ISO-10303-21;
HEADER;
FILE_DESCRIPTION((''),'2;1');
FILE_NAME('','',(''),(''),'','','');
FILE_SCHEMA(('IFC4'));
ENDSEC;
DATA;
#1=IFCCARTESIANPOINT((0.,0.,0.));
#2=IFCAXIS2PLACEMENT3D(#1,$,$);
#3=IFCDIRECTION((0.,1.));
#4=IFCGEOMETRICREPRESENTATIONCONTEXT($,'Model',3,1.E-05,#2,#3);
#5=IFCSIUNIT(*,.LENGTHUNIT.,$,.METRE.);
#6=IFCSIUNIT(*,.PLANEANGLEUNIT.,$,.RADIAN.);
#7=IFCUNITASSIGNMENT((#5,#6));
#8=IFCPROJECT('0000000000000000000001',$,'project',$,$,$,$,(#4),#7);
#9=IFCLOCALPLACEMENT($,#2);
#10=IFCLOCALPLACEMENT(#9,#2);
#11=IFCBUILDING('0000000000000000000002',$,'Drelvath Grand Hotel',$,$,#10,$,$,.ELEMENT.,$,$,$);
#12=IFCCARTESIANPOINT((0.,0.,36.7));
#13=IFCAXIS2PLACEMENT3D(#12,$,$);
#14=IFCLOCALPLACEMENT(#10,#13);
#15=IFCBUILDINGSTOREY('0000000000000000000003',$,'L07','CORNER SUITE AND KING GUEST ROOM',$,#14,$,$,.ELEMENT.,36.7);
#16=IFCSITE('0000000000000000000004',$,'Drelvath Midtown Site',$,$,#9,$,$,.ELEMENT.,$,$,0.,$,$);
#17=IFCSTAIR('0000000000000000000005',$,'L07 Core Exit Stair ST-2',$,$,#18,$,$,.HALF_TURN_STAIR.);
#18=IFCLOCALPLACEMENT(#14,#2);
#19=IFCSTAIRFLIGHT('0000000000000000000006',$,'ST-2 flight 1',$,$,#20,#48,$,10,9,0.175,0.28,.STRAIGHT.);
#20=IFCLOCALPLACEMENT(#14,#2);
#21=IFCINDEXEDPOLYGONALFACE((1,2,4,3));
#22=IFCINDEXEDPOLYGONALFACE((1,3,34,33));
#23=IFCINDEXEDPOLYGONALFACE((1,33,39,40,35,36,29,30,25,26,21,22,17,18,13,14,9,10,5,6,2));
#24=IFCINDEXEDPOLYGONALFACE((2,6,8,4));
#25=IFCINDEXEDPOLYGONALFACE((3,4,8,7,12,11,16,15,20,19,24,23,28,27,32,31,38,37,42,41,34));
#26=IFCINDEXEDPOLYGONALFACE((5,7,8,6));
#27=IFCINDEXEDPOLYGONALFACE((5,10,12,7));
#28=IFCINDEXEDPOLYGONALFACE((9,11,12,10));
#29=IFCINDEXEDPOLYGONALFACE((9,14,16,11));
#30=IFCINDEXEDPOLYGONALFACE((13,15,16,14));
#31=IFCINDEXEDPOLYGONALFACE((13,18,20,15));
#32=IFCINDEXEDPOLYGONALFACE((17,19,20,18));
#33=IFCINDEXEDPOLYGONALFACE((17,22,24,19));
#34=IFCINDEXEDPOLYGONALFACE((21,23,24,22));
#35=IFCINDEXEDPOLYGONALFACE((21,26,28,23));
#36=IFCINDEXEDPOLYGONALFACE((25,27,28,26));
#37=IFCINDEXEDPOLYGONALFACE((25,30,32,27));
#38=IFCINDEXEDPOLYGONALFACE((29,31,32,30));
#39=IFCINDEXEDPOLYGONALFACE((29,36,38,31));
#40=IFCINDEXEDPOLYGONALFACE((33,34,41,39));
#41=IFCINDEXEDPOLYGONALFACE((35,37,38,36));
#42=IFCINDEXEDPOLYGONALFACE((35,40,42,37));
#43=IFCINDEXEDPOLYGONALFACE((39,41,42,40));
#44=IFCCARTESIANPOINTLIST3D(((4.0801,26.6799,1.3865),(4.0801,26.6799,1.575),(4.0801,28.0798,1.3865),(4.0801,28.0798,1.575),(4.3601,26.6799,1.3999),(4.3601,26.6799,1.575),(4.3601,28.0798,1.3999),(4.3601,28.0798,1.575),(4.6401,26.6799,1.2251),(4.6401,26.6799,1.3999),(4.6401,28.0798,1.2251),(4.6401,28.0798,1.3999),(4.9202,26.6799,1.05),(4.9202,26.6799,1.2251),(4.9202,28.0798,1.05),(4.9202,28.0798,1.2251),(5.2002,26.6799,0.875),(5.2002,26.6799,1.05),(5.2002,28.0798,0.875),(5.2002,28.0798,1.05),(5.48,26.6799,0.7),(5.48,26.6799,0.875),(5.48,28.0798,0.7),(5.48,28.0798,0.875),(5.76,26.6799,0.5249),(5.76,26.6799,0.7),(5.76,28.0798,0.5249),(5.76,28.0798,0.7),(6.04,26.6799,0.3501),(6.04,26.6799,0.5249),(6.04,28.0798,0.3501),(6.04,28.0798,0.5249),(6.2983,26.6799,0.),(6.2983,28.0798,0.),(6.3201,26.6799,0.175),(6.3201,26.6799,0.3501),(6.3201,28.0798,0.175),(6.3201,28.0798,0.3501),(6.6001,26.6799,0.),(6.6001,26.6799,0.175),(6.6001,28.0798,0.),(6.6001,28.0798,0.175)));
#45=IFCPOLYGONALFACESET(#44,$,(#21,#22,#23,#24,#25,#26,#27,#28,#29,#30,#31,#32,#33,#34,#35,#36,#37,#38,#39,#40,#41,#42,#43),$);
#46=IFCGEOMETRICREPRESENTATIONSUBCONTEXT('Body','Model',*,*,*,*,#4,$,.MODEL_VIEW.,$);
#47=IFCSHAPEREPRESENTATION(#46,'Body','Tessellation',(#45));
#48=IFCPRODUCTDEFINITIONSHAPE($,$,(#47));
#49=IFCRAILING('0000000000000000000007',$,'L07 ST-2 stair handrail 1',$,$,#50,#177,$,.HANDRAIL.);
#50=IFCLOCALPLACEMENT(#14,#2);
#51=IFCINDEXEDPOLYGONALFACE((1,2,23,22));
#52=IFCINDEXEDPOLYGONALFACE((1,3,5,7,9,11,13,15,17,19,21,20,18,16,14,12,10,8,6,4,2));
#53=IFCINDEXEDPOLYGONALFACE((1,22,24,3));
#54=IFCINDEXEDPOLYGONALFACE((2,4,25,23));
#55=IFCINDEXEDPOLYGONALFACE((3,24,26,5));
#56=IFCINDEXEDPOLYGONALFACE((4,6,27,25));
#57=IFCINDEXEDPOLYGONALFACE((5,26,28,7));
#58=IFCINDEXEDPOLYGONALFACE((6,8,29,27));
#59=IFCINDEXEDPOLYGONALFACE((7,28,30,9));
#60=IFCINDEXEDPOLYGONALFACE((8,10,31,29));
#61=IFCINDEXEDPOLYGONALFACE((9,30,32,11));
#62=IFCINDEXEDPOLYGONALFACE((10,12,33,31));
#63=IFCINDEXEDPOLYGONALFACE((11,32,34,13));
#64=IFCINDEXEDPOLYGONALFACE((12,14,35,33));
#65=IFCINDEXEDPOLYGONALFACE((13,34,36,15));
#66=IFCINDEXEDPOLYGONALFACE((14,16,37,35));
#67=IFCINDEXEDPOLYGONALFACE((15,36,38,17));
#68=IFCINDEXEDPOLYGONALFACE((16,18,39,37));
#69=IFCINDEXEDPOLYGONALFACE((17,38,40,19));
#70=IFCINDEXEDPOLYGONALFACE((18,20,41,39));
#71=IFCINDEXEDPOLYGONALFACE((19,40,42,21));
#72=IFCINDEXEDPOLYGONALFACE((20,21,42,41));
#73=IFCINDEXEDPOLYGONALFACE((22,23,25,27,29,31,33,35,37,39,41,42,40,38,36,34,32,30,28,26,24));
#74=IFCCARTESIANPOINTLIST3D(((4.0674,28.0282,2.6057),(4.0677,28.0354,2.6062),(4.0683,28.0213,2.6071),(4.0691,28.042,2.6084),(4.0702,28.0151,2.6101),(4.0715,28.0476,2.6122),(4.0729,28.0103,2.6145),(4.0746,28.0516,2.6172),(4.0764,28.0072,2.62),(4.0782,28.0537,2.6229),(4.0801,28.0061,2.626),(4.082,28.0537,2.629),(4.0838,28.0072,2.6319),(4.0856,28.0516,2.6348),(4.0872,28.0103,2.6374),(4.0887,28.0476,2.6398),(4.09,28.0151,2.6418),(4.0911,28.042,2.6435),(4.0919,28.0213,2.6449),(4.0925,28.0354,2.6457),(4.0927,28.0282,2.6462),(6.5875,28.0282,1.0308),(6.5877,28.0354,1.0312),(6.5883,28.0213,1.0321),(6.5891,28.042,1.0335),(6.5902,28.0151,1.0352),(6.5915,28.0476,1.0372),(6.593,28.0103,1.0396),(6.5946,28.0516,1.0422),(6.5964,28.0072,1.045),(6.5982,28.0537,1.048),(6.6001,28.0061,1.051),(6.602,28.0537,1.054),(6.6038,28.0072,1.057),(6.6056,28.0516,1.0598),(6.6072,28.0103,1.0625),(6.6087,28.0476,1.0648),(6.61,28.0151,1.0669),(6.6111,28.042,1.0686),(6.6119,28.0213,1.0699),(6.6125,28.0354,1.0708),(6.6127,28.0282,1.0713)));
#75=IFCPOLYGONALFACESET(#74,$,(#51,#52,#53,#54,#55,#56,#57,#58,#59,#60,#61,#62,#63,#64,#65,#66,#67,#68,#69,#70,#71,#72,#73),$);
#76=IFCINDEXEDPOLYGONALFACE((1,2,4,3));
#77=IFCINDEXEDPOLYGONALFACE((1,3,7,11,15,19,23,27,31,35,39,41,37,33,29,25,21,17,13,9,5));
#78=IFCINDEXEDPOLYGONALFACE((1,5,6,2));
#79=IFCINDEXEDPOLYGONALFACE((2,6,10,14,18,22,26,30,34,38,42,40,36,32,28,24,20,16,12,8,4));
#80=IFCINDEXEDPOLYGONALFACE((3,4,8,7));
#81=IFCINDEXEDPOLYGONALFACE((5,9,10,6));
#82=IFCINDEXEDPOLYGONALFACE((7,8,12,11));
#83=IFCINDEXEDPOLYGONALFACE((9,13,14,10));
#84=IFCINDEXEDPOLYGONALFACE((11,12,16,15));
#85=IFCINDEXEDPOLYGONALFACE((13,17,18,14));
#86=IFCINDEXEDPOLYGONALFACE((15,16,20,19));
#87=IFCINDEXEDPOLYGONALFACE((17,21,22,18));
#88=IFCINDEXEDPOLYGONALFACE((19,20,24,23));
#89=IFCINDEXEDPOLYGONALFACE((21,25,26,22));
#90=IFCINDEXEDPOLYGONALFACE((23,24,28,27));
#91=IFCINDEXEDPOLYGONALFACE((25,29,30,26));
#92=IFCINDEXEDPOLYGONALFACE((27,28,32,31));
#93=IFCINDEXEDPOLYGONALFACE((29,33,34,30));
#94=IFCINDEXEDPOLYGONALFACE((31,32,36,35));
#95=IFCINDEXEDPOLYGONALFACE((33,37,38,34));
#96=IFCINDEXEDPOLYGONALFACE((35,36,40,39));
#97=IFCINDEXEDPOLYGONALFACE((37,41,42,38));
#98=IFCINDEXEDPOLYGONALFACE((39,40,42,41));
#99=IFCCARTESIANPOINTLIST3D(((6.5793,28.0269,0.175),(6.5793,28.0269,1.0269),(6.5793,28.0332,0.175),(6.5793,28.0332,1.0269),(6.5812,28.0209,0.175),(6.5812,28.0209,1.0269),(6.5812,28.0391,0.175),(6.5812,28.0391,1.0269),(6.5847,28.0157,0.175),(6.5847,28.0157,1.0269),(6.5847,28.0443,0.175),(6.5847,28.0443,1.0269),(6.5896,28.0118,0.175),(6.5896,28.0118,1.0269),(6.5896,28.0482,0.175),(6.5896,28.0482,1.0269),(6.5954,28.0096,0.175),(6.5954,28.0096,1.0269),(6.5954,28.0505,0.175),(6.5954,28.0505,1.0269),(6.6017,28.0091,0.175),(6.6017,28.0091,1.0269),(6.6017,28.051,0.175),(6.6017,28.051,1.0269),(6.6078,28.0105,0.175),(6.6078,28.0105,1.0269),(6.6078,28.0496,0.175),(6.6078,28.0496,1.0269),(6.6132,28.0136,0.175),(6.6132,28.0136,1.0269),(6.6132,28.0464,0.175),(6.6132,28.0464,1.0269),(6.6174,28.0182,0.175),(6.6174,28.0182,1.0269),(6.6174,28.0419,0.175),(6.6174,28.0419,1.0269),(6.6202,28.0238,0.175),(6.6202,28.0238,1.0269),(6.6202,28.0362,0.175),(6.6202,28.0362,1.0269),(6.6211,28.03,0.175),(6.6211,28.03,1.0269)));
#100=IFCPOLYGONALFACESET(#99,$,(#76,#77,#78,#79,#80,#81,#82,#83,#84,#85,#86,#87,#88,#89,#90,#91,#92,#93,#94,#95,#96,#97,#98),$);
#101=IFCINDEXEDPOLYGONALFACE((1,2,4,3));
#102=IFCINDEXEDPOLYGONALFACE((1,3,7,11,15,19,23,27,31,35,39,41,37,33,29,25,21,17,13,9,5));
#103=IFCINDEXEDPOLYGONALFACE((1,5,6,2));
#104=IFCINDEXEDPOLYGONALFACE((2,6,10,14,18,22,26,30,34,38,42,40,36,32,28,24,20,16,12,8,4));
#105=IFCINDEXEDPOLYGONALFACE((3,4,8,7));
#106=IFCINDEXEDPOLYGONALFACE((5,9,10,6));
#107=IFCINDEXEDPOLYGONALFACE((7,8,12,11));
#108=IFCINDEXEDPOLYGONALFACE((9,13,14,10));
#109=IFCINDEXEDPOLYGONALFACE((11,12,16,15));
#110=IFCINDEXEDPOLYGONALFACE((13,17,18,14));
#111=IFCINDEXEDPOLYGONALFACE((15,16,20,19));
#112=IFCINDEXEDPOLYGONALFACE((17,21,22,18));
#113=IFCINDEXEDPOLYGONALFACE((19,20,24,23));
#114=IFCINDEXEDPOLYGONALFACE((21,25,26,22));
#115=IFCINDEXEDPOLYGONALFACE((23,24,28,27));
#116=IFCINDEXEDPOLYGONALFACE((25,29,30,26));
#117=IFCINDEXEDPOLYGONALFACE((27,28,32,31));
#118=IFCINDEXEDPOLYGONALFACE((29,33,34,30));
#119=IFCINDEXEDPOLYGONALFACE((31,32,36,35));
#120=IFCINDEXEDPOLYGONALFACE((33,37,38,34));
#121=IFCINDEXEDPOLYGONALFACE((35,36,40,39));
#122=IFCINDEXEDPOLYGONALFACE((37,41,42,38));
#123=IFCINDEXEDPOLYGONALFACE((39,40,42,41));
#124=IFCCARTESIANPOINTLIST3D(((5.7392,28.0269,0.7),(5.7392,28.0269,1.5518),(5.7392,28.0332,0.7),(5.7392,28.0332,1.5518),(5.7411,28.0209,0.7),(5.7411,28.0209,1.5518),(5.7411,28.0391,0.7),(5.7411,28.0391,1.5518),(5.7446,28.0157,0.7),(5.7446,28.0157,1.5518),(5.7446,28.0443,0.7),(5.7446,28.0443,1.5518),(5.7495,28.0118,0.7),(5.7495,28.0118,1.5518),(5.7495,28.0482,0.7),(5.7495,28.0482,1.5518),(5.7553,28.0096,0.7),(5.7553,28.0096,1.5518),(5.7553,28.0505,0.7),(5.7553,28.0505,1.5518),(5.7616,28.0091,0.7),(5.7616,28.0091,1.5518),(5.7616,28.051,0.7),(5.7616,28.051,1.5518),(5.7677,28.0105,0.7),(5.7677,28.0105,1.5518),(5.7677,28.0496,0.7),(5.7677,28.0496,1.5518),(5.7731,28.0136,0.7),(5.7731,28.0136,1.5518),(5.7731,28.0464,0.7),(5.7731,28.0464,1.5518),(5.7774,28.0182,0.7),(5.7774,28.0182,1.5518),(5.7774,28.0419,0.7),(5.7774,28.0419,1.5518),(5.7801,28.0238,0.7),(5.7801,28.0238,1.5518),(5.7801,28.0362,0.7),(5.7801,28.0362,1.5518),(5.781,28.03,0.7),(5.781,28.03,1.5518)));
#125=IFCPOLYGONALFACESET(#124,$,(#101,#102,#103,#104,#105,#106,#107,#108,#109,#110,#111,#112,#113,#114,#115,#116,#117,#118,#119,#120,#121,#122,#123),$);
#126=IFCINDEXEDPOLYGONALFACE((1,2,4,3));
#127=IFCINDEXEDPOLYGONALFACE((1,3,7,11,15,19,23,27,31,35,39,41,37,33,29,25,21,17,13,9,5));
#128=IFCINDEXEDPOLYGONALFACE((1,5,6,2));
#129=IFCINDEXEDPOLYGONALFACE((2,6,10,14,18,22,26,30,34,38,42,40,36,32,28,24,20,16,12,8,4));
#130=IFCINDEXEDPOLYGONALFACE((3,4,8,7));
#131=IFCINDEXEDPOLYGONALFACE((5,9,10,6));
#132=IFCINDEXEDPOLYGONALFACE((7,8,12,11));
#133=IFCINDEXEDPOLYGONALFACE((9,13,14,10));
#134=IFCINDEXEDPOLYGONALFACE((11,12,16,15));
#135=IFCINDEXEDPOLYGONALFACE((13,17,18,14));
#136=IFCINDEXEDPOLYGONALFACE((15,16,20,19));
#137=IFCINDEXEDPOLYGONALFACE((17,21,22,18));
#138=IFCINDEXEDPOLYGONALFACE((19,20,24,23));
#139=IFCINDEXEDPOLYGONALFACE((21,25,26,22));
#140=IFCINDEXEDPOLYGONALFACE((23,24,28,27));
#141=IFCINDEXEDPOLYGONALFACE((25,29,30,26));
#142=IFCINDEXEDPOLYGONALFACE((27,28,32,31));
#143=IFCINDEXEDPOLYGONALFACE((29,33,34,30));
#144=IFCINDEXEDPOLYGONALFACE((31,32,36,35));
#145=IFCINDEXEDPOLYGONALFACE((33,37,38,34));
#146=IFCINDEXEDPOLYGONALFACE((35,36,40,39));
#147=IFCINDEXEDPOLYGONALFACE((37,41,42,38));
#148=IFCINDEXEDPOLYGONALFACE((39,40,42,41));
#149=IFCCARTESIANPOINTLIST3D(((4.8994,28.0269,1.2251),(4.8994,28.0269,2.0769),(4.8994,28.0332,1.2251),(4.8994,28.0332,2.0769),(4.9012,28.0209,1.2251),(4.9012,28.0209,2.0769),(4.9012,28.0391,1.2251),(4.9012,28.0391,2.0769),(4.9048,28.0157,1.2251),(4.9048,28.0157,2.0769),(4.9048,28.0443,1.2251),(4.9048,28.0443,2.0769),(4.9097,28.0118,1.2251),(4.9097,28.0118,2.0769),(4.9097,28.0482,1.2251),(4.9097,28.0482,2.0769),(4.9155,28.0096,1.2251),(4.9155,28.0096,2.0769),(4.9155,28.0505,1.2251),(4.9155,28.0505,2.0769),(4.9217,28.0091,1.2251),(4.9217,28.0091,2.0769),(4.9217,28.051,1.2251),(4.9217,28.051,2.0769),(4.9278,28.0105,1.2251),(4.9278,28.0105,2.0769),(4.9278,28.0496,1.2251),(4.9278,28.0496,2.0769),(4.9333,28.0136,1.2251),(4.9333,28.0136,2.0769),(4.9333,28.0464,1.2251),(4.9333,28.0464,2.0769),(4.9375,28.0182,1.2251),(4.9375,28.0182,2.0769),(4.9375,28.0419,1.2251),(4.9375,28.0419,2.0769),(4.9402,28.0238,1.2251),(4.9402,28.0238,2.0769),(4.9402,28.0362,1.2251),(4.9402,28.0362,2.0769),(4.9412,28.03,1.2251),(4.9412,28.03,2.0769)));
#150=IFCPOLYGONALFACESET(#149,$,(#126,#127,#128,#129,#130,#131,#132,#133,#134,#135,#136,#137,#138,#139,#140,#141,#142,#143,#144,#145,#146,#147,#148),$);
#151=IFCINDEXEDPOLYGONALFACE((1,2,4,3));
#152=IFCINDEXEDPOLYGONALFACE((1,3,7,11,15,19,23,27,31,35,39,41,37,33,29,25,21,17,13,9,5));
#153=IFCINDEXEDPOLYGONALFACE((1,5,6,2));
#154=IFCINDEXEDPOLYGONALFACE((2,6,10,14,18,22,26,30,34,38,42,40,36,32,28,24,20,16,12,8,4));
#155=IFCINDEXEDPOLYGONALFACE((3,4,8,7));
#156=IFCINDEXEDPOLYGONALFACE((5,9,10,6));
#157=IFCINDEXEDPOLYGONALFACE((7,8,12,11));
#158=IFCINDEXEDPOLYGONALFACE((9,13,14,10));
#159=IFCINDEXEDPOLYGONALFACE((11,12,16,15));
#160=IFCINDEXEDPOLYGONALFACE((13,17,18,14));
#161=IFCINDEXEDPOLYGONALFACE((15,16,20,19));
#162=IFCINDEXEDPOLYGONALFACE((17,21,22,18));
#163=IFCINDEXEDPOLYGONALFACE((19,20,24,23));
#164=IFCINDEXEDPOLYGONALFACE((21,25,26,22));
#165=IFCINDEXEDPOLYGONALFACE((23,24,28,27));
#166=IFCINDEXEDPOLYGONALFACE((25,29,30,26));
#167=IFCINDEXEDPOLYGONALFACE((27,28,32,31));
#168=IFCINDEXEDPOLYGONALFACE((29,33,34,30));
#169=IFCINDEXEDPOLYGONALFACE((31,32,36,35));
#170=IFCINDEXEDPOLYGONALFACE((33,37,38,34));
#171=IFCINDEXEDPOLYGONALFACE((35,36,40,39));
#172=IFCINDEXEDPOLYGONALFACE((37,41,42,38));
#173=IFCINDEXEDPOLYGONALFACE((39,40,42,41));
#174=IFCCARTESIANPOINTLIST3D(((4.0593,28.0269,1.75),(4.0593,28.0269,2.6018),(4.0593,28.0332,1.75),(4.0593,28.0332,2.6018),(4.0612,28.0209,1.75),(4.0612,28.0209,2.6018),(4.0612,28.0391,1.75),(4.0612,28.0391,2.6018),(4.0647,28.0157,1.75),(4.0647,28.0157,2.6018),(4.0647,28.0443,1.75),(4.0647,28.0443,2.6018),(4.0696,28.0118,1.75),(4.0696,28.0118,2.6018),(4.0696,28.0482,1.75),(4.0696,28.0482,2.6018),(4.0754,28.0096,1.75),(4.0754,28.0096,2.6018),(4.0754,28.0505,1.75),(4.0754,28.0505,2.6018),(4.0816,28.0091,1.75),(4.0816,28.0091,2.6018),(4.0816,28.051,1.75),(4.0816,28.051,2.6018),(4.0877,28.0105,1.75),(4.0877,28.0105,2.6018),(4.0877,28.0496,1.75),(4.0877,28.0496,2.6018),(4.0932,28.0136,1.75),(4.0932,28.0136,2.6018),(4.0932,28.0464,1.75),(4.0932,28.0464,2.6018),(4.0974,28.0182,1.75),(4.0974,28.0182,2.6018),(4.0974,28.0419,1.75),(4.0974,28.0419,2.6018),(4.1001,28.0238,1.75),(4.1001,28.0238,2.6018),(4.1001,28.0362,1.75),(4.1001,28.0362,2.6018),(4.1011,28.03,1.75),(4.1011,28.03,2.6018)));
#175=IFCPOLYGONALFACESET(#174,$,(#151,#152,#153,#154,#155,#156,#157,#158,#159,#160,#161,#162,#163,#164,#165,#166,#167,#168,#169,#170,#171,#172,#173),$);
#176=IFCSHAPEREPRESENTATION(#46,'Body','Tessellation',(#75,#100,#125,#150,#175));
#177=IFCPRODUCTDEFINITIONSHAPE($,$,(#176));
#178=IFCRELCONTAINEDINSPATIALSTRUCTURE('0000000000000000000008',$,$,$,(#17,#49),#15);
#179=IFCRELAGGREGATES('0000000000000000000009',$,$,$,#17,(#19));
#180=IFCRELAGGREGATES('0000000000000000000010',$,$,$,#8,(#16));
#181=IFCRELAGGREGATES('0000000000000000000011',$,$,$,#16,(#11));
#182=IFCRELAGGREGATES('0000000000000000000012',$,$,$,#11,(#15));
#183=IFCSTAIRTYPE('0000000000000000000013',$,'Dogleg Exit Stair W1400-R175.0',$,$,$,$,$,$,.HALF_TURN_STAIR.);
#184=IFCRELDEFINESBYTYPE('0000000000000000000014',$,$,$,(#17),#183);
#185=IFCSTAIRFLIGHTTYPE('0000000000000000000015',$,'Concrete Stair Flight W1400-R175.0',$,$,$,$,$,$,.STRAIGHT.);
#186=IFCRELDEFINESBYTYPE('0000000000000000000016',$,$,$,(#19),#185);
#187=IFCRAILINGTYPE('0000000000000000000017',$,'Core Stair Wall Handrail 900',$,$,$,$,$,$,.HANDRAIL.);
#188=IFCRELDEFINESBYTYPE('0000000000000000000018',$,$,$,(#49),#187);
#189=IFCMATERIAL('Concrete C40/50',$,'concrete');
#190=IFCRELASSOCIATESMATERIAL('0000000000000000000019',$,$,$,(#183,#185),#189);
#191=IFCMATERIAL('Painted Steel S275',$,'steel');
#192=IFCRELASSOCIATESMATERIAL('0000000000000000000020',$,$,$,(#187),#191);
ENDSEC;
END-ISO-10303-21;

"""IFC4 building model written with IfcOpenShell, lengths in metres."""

from ifc_helpers import new_model, si_unit, direction, frame, origin, origin_2d, place, context, subcontext, project, spatial, polyline, circle, outline, extrude, material, type_object, element, aggregate, save


model = new_model("IFC4")

# Units and contexts
model_context = context("Model", 3, precision=1e-05, world=origin(), true_north=direction((0.0, 1.0)))
body_context = subcontext(model_context, "Body", "Model", "MODEL_VIEW")
ifc_project = project(units=[si_unit("LENGTHUNIT", "METRE"), si_unit("PLANEANGLEUNIT", "RADIAN")], contexts=[model_context])

# Site, building, storey
site_placement = place(None, origin())
site = spatial("IfcSite", under=ifc_project, at=site_placement, Name="Drelvath Midtown Site", CompositionType="ELEMENT", RefElevation=0.0)
building_placement = place(site_placement, origin())
building = spatial("IfcBuilding", under=site, at=building_placement, Name="Drelvath Grand Hotel", CompositionType="ELEMENT")
storey_placement = place(building_placement, frame((0.0, 0.0, 36.7)))
storey = spatial("IfcBuildingStorey", under=building, at=storey_placement, Name="L07", Description="CORNER SUITE AND KING GUEST ROOM", CompositionType="ELEMENT", Elevation=36.7)

# Shared definitions
ifc_material_1 = material(Name="Concrete C40/50", Category="concrete")

# Shared definitions
ifc_material_2 = material(Name="Painted Steel S275", Category="steel")

# Stair, stair flight
stair_type = type_object("IfcStairType", Name="Dogleg Exit Stair W1400-R175.0", PredefinedType="HALF_TURN_STAIR", material=ifc_material_1)
stair_placement = place(storey_placement, origin())
stair = element("IfcStair", 1, at=stair_placement, inside=storey, type_object=stair_type, Name="L07 Core Exit Stair ST-2", PredefinedType="HALF_TURN_STAIR")
stair_flight_type = type_object("IfcStairFlightType", Name="Concrete Stair Flight W1400-R175.0", PredefinedType="STRAIGHT", material=ifc_material_1)
stair_flight_placement = place(storey_placement, frame((6.6001, 27.3799, 0.0), z_axis=(0.0, 0.0, 1.0), x_axis=(-1.0, 0.0, 0.0)))
stair_flight = element("IfcStairFlight", 2, at=stair_flight_placement, type_object=stair_flight_type, Name="ST-2 flight 1", NumberOfRisers=10, NumberOfTreads=9, PredefinedType="STRAIGHT", RiserHeight=0.175, TreadLength=0.28, context=body_context, shape_type="SweptSolid", body=[
    extrude(outline(polyline([(0.0, 0.0), (0.0, 0.175), (0.28, 0.175), (0.28, 0.3501), (0.5601, 0.3501), (0.5601, 0.5249), (0.8401, 0.5249), (0.8401, 0.7), (1.1201, 0.7), (1.1201, 0.875), (1.3999, 0.875), (1.3999, 1.05), (1.6799, 1.05), (1.6799, 1.2251), (1.96, 1.2251), (1.96, 1.3999), (2.24, 1.3999), (2.24, 1.575), (2.52, 1.575), (2.52, 1.75), (2.52, 1.3865), (0.3018, 0.0), (0.0, 0.0)])), frame((0.0, 0.7, 0.0), z_axis=(0.0, -1.0, 0.0), x_axis=(1.0, 0.0, 0.0)), (0.0, 0.0, 1.0), 1.3999),
])
aggregate(stair, [stair_flight])

# Railing
railing_type_1 = type_object("IfcRailingType", Name="Core Stair Wall Handrail 900", PredefinedType="HANDRAIL", material=ifc_material_2)
railing_1_placement = place(storey_placement, frame((6.6001, 28.03, 0.175)))
element("IfcRailing", 3, at=railing_1_placement, inside=storey, type_object=railing_type_1, Name="L07 ST-2 stair handrail 1", PredefinedType="HANDRAIL", context=body_context, shape_type="SweptSolid", body=[
    extrude(circle(Radius=0.0239, at=origin_2d()), frame((0.0, 0.0, 0.876), z_axis=(-0.848008, 0.0, 0.529984), x_axis=(0.0, -1.0, 0.0)), (0.0, 0.0, 1.0), 2.9717),
    extrude(circle(Radius=0.021, at=origin_2d()), origin(), (0.0, 0.0, 1.0), 0.8518),
    extrude(circle(Radius=0.021, at=origin_2d()), frame((-0.8401, 0.0, 0.5249)), (0.0, 0.0, 1.0), 0.8518),
    extrude(circle(Radius=0.021, at=origin_2d()), frame((-1.6799, 0.0, 1.05)), (0.0, 0.0, 1.0), 0.8518),
    extrude(circle(Radius=0.021, at=origin_2d()), frame((-2.52, 0.0, 1.575)), (0.0, 0.0, 1.0), 0.8518),
])

save(model, "model.ifc")
